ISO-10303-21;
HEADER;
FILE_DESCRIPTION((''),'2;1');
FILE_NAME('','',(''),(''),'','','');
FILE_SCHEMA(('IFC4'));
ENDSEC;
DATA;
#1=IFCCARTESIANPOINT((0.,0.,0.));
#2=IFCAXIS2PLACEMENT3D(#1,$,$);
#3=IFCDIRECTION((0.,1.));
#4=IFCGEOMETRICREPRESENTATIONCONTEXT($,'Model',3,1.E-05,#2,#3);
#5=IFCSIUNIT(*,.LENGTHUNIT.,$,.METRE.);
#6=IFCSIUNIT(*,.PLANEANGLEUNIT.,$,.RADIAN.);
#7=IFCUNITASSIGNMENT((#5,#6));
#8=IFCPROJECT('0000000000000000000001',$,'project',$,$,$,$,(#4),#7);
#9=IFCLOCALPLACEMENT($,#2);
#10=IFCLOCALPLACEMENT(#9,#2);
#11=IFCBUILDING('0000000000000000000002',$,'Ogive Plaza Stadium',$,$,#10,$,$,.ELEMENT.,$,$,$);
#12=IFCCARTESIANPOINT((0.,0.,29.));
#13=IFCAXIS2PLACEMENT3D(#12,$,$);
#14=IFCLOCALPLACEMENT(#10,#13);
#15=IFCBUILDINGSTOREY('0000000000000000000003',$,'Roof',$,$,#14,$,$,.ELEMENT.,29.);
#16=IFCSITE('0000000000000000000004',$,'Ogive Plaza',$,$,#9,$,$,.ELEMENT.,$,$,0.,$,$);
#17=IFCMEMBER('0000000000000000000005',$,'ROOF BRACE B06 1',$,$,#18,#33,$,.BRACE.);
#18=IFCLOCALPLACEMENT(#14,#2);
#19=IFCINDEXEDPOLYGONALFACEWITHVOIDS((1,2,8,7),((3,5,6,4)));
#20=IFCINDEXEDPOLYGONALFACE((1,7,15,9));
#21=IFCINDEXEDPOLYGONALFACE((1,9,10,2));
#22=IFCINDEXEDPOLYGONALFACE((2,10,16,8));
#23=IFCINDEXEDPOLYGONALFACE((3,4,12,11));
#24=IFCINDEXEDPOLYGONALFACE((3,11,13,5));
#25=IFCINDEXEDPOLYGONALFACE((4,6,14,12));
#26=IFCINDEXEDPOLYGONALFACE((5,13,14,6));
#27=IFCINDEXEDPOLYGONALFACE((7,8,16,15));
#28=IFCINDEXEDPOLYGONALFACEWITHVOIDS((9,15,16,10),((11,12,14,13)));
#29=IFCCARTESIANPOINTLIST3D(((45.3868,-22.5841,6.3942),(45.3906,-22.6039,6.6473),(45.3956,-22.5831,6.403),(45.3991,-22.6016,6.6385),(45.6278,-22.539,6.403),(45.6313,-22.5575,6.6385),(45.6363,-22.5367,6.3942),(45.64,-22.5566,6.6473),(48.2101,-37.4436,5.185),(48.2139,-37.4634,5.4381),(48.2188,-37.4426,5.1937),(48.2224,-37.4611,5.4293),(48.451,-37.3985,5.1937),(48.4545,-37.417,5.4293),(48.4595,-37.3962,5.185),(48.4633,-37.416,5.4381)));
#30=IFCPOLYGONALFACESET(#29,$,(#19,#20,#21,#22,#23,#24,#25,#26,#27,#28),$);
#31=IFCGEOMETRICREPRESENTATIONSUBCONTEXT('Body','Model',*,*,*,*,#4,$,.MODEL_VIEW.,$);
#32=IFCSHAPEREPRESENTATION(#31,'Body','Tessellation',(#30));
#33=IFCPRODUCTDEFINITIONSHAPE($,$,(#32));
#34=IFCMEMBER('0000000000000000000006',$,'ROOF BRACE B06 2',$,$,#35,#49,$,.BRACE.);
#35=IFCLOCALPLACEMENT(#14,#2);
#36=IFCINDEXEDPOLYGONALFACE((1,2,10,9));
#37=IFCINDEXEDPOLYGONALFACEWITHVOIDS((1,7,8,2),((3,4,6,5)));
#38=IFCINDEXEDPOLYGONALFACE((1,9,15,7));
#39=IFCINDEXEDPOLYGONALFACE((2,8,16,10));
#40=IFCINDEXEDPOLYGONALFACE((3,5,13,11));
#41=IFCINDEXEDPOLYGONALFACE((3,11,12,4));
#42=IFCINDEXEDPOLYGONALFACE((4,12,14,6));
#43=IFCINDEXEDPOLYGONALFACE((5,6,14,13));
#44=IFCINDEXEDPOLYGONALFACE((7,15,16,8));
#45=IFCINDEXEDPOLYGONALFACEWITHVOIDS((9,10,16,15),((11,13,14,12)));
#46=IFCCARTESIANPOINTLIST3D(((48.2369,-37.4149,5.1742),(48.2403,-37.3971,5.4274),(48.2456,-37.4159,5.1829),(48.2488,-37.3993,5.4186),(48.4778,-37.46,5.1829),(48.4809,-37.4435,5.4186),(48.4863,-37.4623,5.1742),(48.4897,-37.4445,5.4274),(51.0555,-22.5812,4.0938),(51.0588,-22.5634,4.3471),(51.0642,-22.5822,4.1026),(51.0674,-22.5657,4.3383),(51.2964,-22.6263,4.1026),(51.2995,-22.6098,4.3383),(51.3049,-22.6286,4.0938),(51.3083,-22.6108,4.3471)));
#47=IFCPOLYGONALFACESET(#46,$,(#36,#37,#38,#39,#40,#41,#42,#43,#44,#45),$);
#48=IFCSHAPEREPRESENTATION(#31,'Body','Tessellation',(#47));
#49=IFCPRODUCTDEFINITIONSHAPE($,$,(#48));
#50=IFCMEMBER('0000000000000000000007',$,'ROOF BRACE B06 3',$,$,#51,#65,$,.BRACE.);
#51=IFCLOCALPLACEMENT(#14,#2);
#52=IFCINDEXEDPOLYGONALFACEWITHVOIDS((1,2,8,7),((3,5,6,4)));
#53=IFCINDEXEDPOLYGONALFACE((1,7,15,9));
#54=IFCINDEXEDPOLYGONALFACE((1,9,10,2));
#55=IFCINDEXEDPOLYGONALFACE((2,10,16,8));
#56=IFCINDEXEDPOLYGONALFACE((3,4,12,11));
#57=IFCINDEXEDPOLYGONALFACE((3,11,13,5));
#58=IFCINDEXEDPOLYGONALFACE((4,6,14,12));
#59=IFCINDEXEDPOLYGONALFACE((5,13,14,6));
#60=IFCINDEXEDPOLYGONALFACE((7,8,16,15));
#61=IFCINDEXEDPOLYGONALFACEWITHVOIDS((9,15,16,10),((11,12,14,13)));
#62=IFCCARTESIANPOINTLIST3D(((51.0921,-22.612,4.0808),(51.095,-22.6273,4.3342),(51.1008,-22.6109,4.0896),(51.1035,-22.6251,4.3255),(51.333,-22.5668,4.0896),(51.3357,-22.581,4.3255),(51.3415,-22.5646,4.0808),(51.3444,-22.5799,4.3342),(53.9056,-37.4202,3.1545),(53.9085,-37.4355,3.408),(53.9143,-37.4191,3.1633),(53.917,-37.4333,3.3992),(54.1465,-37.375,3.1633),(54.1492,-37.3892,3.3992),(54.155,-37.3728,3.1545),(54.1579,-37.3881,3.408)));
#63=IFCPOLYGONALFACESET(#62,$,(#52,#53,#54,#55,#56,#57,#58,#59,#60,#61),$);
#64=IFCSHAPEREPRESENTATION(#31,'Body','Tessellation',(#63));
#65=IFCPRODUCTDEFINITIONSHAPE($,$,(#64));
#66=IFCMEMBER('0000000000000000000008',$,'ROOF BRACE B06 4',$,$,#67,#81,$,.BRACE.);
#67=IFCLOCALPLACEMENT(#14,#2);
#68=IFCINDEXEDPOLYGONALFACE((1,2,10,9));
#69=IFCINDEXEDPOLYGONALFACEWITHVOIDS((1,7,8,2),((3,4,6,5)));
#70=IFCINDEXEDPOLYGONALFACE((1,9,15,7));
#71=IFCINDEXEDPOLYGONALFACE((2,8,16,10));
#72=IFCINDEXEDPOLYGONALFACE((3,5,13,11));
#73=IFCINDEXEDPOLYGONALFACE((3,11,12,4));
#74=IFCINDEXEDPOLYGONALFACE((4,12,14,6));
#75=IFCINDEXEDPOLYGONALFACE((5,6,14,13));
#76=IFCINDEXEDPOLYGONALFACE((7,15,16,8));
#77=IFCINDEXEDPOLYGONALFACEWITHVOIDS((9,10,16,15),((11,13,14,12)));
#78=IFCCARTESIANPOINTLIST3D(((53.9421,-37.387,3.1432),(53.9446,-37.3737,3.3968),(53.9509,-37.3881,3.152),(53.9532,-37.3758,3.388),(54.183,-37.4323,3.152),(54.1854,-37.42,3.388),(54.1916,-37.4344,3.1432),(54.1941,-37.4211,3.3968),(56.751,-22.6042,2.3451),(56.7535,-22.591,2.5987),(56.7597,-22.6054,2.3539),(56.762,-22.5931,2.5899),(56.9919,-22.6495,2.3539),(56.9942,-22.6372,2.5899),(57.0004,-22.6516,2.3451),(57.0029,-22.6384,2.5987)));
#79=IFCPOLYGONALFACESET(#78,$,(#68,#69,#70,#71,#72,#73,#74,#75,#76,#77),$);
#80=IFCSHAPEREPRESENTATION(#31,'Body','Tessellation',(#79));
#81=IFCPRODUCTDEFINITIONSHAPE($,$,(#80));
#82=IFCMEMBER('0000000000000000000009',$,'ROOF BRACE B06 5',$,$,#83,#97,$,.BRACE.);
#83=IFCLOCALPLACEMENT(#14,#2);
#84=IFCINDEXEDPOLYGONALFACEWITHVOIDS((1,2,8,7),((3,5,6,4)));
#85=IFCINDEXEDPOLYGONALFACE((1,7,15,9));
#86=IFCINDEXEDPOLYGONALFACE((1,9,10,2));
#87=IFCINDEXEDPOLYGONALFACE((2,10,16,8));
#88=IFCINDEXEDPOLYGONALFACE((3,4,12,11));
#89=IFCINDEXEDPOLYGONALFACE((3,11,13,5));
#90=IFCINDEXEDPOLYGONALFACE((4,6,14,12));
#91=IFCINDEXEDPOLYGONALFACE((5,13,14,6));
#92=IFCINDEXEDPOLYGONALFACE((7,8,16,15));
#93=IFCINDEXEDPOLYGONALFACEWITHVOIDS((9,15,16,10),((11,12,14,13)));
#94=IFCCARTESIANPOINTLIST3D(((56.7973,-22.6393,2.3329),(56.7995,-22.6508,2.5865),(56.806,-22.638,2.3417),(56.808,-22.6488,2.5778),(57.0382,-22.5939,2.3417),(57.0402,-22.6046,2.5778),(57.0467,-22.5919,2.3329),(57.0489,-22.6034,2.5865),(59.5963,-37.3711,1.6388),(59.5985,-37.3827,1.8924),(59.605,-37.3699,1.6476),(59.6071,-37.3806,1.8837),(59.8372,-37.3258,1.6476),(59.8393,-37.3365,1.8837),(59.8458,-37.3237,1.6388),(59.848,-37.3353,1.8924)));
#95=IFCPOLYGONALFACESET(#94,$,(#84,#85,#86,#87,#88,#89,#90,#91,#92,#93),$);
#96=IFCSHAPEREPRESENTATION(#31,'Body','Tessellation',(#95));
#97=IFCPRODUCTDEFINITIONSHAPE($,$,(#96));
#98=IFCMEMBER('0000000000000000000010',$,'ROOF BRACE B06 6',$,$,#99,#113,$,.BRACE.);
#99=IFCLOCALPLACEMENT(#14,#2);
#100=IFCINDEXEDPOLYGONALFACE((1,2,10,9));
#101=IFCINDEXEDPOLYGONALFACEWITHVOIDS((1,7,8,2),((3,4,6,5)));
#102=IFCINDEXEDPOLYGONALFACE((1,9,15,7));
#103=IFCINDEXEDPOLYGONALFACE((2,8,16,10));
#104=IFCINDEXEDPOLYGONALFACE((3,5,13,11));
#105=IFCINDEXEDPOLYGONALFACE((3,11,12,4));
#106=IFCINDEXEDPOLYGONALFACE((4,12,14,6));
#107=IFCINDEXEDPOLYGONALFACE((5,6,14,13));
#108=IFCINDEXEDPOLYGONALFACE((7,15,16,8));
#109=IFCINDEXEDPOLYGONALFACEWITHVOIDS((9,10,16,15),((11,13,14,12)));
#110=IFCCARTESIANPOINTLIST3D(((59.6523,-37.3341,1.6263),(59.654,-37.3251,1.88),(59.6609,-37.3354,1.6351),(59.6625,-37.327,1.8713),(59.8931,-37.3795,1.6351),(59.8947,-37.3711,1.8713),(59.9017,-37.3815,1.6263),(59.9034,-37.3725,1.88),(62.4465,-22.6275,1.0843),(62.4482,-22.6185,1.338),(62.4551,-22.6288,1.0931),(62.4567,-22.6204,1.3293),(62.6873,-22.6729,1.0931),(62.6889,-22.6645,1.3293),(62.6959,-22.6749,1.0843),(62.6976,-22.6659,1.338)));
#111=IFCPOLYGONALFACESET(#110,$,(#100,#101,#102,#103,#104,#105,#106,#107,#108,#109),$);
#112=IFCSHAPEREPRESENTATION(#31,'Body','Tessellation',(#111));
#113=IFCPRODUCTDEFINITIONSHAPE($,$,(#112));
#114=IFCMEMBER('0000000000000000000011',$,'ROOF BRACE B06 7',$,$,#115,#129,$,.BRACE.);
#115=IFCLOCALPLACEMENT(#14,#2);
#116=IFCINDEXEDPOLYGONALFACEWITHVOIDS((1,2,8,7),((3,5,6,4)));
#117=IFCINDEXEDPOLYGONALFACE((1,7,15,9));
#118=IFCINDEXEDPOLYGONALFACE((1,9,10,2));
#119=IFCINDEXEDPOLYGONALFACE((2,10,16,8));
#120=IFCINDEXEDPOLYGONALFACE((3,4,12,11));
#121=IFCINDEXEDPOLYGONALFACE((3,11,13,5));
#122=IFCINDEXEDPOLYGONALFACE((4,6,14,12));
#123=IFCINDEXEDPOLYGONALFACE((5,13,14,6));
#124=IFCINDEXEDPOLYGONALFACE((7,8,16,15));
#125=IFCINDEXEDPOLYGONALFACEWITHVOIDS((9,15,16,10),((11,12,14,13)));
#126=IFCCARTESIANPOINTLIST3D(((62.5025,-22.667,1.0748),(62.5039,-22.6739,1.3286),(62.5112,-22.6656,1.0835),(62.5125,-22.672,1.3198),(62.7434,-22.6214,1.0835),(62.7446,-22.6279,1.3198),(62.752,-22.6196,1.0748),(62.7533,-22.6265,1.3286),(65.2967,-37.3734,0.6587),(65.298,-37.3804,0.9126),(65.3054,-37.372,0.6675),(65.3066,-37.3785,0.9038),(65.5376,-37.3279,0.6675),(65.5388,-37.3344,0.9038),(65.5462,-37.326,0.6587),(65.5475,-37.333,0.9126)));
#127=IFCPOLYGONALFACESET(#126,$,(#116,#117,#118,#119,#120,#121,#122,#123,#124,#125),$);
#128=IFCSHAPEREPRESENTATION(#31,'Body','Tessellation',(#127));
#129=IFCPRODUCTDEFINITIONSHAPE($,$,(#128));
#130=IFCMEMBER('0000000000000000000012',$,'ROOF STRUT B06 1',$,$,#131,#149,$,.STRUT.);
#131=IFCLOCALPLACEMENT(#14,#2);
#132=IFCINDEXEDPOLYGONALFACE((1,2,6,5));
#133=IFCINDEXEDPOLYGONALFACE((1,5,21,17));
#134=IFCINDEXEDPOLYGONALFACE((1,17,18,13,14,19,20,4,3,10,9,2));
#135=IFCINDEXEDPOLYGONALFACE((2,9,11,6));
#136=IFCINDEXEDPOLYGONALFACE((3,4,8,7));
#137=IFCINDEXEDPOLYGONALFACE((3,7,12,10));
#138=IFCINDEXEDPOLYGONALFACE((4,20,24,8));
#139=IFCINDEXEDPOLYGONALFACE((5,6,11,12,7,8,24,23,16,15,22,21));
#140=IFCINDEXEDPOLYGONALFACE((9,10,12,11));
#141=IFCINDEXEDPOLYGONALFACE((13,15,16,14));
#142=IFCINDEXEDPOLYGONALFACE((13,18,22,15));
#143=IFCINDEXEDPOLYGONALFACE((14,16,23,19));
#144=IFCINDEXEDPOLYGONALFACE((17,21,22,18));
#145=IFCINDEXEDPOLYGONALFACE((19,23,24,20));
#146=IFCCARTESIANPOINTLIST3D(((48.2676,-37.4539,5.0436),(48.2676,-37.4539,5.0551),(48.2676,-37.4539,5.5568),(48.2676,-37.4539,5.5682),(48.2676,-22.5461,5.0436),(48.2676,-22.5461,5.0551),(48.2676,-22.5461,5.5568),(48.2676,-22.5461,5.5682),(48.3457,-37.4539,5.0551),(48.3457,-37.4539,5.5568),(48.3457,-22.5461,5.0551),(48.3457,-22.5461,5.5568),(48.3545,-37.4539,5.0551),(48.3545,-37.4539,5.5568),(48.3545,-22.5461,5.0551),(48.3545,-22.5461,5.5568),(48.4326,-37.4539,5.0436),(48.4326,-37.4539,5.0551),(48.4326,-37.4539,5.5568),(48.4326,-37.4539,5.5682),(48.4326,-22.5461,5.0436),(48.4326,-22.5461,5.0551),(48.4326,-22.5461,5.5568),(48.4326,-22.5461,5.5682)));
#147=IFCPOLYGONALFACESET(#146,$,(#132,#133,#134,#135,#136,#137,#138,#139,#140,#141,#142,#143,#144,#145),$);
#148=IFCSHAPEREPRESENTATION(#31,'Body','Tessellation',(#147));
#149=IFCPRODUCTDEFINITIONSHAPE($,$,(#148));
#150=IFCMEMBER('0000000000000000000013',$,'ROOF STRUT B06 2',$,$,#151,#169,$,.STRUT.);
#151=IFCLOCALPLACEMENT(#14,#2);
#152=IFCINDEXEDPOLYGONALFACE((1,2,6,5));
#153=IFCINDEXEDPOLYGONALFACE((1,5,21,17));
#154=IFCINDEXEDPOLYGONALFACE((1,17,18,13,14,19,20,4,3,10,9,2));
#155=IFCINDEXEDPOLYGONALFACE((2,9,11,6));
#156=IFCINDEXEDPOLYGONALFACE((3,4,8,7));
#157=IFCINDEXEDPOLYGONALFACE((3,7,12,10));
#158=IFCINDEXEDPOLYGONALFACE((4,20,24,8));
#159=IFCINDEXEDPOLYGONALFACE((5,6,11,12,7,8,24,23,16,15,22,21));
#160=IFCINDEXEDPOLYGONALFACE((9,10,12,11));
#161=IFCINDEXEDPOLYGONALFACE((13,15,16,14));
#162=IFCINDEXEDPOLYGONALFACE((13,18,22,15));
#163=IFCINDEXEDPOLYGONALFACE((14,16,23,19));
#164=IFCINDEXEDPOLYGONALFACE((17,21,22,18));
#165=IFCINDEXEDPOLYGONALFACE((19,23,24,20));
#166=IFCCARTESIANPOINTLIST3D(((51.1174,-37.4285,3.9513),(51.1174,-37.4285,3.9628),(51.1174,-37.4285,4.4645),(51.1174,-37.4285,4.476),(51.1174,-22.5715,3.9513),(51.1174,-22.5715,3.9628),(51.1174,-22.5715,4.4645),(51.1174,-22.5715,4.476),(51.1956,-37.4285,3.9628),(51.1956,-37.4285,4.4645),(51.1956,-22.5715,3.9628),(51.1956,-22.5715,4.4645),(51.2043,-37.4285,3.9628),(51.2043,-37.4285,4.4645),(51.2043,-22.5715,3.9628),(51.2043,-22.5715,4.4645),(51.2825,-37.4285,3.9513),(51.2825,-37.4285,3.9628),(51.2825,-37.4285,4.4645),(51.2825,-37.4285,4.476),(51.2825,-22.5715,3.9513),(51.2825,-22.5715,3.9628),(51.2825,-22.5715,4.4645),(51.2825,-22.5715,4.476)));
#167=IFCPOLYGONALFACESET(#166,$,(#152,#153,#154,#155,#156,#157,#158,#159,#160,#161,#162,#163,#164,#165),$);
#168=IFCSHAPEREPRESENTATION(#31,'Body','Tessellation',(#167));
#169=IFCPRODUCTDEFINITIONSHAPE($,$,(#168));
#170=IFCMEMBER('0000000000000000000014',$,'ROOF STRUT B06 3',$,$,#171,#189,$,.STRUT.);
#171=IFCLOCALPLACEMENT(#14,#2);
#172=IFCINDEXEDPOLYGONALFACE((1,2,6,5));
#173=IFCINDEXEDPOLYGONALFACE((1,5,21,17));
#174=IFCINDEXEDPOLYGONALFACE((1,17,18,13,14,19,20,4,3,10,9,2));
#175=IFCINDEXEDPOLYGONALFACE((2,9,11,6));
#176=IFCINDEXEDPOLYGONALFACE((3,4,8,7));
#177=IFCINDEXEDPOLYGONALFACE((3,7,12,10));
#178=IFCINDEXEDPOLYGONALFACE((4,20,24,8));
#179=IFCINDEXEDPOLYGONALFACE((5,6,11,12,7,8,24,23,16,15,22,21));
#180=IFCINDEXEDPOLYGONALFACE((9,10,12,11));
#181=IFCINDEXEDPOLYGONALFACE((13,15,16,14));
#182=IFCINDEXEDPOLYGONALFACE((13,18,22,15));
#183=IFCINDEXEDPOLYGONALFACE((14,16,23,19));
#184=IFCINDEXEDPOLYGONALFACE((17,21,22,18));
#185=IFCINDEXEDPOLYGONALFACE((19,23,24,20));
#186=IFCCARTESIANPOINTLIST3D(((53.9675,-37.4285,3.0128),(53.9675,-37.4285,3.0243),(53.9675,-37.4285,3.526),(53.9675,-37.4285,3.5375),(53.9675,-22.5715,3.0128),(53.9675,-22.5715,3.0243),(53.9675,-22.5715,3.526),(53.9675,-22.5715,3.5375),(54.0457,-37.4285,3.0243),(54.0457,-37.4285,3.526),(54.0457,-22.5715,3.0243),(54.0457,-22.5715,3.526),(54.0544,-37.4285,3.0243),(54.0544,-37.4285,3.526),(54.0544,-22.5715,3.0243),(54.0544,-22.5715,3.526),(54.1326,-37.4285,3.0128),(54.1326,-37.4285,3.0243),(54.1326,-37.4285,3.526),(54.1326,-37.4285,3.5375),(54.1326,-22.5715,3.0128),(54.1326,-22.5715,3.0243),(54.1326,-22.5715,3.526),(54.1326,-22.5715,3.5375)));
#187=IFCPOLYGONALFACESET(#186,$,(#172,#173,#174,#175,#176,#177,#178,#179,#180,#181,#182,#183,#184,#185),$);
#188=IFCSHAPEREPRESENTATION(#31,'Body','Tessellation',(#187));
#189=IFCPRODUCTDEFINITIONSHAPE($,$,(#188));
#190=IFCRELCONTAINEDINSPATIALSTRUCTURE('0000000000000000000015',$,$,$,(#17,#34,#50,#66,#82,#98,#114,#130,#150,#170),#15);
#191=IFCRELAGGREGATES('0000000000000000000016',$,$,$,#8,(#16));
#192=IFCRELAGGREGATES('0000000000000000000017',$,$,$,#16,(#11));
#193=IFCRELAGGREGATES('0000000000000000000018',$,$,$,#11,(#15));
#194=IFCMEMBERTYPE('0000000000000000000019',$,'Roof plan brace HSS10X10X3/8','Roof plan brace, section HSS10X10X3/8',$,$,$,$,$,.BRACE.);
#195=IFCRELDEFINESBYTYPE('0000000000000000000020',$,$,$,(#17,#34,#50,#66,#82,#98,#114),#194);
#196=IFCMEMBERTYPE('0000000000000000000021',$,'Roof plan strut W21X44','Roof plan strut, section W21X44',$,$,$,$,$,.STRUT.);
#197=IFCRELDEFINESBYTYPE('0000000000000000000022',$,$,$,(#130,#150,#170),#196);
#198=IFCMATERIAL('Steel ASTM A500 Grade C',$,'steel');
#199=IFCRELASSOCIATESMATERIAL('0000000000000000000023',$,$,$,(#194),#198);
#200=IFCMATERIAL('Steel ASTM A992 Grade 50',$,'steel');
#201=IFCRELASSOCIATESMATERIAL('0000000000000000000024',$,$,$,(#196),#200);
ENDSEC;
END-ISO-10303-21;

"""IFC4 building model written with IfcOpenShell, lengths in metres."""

from ifc_helpers import new_model, si_unit, direction, frame, origin, origin_2d, place, context, subcontext, project, spatial, hollow_rectangle, i_section, extrude, material, material_profile, profile_set, type_object, element, save


model = new_model("IFC4")

# Units and contexts
model_context = context("Model", 3, precision=1e-05, world=origin(), true_north=direction((0.0, 1.0)))
body_context = subcontext(model_context, "Body", "Model", "MODEL_VIEW")
ifc_project = project(units=[si_unit("LENGTHUNIT", "METRE"), si_unit("PLANEANGLEUNIT", "RADIAN")], contexts=[model_context])

# Site, building, storey
site_placement = place(None, origin())
site = spatial("IfcSite", under=ifc_project, at=site_placement, Name="Ogive Plaza", CompositionType="ELEMENT", RefElevation=0.0)
building_placement = place(site_placement, origin())
building = spatial("IfcBuilding", under=site, at=building_placement, Name="Ogive Plaza Stadium", CompositionType="ELEMENT")
storey_placement = place(building_placement, frame((0.0, 0.0, 29.0)))
storey = spatial("IfcBuildingStorey", under=building, at=storey_placement, Name="Roof", CompositionType="ELEMENT", Elevation=29.0)

# Members
ifc_material_1 = material(Name="Steel ASTM A500 Grade C", Category="steel")
ifc_material_profile_1 = material_profile(ifc_material_1, hollow_rectangle(XDim=0.2539, YDim=0.2539, WallThickness=0.0088, at=origin_2d()), Name="HSS10X10X3/8")
ifc_profile_set_1 = profile_set([ifc_material_profile_1], Name="Steel ASTM A500 Grade C")
member_type_1 = type_object("IfcMemberType", Name="Roof plan brace HSS10X10X3/8", Description="Roof plan brace, section HSS10X10X3/8", PredefinedType="BRACE", material=ifc_profile_set_1)
member_1_placement = place(storey_placement, frame((45.5134, -22.5703, 6.5208), z_axis=(0.186064, -0.9793, -0.079694), x_axis=(0.982425, 0.186658, 0.0)))
element("IfcMember", 1, at=member_1_placement, inside=storey, type_object=member_type_1, Name="ROOF BRACE B06 1", PredefinedType="BRACE", context=body_context, shape_type="SweptSolid", body=[
    extrude(hollow_rectangle(XDim=0.2539, YDim=0.2539, WallThickness=0.0088, at=origin_2d()), origin(), (0.0, 0.0, 1.0), 15.1736),
])
member_2_placement = place(storey_placement, frame((48.3633, -37.4297, 5.3008), z_axis=(0.186197, 0.979917, -0.071366), x_axis=(-0.982422, 0.186673, 0.0)))
element("IfcMember", 2, at=member_2_placement, inside=storey, type_object=member_type_1, Name="ROOF BRACE B06 2", PredefinedType="BRACE", context=body_context, shape_type="SweptSolid", body=[
    extrude(hollow_rectangle(XDim=0.2539, YDim=0.2539, WallThickness=0.0088, at=origin_2d()), origin(), (0.0, 0.0, 1.0), 15.1377),
])
member_3_placement = place(storey_placement, frame((51.2183, -22.5959, 4.2075), z_axis=(0.186305, -0.980575, -0.061336), x_axis=(0.982425, 0.186657, 0.0)))
element("IfcMember", 3, at=member_3_placement, inside=storey, type_object=member_type_1, Name="ROOF BRACE B06 3", PredefinedType="BRACE", context=body_context, shape_type="SweptSolid", body=[
    extrude(hollow_rectangle(XDim=0.2539, YDim=0.2539, WallThickness=0.0088, at=origin_2d()), origin(), (0.0, 0.0, 1.0), 15.1016),
])
member_4_placement = place(storey_placement, frame((54.0681, -37.4041, 3.27), z_axis=(0.186406, 0.981044, -0.052965), x_axis=(-0.982423, 0.186668, 0.0)))
element("IfcMember", 4, at=member_4_placement, inside=storey, type_object=member_type_1, Name="ROOF BRACE B06 4", PredefinedType="BRACE", context=body_context, shape_type="SweptSolid", body=[
    extrude(hollow_rectangle(XDim=0.2539, YDim=0.2539, WallThickness=0.0088, at=origin_2d()), origin(), (0.0, 0.0, 1.0), 15.0684),
])
member_5_placement = place(storey_placement, frame((56.9231, -22.6213, 2.4597), z_axis=(0.186461, -0.981374, -0.046237), x_axis=(0.982424, 0.186661, 0.0)))
element("IfcMember", 5, at=member_5_placement, inside=storey, type_object=member_type_1, Name="ROOF BRACE B06 5", PredefinedType="BRACE", context=body_context, shape_type="SweptSolid", body=[
    extrude(hollow_rectangle(XDim=0.2539, YDim=0.2539, WallThickness=0.0088, at=origin_2d()), origin(), (0.0, 0.0, 1.0), 15.0115),
])
member_6_placement = place(storey_placement, frame((59.7778, -37.3533, 1.7532), z_axis=(0.186535, 0.981782, -0.036182), x_axis=(-0.982425, 0.186657, 0.0)))
element("IfcMember", 6, at=member_6_placement, inside=storey, type_object=member_type_1, Name="ROOF BRACE B06 6", PredefinedType="BRACE", context=body_context, shape_type="SweptSolid", body=[
    extrude(hollow_rectangle(XDim=0.2539, YDim=0.2539, WallThickness=0.0088, at=origin_2d()), origin(), (0.0, 0.0, 1.0), 14.9795),
])
member_7_placement = place(storey_placement, frame((62.6279, -22.6467, 1.2017), z_axis=(0.186585, -0.982046, -0.02778), x_axis=(0.982425, 0.186657, 0.0)))
element("IfcMember", 7, at=member_7_placement, inside=storey, type_object=member_type_1, Name="ROOF BRACE B06 7", PredefinedType="BRACE", context=body_context, shape_type="SweptSolid", body=[
    extrude(hollow_rectangle(XDim=0.2539, YDim=0.2539, WallThickness=0.0088, at=origin_2d()), origin(), (0.0, 0.0, 1.0), 14.9753),
])
ifc_material_2 = material(Name="Steel ASTM A992 Grade 50", Category="steel")
ifc_material_profile_2 = material_profile(ifc_material_2, i_section(OverallWidth=0.165, OverallDepth=0.5247, WebThickness=0.0088, FlangeThickness=0.0115, at=origin_2d()), Name="W21X44")
ifc_profile_set_2 = profile_set([ifc_material_profile_2], Name="Steel ASTM A992 Grade 50")
member_type_2 = type_object("IfcMemberType", Name="Roof plan strut W21X44", Description="Roof plan strut, section W21X44", PredefinedType="STRUT", material=ifc_profile_set_2)
member_8_placement = place(storey_placement, frame((48.3501, -22.5461, 5.3059), z_axis=(0.0, -1.0, 0.0), x_axis=(1.0, 0.0, 0.0)))
element("IfcMember", 8, at=member_8_placement, inside=storey, type_object=member_type_2, Name="ROOF STRUT B06 1", PredefinedType="STRUT", context=body_context, shape_type="SweptSolid", body=[
    extrude(i_section(OverallWidth=0.165, OverallDepth=0.5247, WebThickness=0.0088, FlangeThickness=0.0115, at=origin_2d()), origin(), (0.0, 0.0, 1.0), 14.9077),
])
for number, where, z_axis, x_axis, name in (
    (9, (51.2, -22.5715, 4.2136), (0.0, -1.0, 0.0), (1.0, 0.0, 0.0), "ROOF STRUT B06 2"),
    (10, (54.05, -22.5715, 3.2751), (0.0, -1.0, 0.0), (1.0, 0.0, 0.0), "ROOF STRUT B06 3"),
):
    element("IfcMember", number, at=place(storey_placement, frame(where, z_axis=z_axis, x_axis=x_axis)), inside=storey, type_object=member_type_2, Name=name, PredefinedType="STRUT", context=body_context, shape_type="SweptSolid", body=[
        extrude(i_section(OverallWidth=0.165, OverallDepth=0.5247, WebThickness=0.0088, FlangeThickness=0.0115, at=origin_2d()), origin(), (0.0, 0.0, 1.0), 14.8569),
    ])

save(model, "model.ifc")
